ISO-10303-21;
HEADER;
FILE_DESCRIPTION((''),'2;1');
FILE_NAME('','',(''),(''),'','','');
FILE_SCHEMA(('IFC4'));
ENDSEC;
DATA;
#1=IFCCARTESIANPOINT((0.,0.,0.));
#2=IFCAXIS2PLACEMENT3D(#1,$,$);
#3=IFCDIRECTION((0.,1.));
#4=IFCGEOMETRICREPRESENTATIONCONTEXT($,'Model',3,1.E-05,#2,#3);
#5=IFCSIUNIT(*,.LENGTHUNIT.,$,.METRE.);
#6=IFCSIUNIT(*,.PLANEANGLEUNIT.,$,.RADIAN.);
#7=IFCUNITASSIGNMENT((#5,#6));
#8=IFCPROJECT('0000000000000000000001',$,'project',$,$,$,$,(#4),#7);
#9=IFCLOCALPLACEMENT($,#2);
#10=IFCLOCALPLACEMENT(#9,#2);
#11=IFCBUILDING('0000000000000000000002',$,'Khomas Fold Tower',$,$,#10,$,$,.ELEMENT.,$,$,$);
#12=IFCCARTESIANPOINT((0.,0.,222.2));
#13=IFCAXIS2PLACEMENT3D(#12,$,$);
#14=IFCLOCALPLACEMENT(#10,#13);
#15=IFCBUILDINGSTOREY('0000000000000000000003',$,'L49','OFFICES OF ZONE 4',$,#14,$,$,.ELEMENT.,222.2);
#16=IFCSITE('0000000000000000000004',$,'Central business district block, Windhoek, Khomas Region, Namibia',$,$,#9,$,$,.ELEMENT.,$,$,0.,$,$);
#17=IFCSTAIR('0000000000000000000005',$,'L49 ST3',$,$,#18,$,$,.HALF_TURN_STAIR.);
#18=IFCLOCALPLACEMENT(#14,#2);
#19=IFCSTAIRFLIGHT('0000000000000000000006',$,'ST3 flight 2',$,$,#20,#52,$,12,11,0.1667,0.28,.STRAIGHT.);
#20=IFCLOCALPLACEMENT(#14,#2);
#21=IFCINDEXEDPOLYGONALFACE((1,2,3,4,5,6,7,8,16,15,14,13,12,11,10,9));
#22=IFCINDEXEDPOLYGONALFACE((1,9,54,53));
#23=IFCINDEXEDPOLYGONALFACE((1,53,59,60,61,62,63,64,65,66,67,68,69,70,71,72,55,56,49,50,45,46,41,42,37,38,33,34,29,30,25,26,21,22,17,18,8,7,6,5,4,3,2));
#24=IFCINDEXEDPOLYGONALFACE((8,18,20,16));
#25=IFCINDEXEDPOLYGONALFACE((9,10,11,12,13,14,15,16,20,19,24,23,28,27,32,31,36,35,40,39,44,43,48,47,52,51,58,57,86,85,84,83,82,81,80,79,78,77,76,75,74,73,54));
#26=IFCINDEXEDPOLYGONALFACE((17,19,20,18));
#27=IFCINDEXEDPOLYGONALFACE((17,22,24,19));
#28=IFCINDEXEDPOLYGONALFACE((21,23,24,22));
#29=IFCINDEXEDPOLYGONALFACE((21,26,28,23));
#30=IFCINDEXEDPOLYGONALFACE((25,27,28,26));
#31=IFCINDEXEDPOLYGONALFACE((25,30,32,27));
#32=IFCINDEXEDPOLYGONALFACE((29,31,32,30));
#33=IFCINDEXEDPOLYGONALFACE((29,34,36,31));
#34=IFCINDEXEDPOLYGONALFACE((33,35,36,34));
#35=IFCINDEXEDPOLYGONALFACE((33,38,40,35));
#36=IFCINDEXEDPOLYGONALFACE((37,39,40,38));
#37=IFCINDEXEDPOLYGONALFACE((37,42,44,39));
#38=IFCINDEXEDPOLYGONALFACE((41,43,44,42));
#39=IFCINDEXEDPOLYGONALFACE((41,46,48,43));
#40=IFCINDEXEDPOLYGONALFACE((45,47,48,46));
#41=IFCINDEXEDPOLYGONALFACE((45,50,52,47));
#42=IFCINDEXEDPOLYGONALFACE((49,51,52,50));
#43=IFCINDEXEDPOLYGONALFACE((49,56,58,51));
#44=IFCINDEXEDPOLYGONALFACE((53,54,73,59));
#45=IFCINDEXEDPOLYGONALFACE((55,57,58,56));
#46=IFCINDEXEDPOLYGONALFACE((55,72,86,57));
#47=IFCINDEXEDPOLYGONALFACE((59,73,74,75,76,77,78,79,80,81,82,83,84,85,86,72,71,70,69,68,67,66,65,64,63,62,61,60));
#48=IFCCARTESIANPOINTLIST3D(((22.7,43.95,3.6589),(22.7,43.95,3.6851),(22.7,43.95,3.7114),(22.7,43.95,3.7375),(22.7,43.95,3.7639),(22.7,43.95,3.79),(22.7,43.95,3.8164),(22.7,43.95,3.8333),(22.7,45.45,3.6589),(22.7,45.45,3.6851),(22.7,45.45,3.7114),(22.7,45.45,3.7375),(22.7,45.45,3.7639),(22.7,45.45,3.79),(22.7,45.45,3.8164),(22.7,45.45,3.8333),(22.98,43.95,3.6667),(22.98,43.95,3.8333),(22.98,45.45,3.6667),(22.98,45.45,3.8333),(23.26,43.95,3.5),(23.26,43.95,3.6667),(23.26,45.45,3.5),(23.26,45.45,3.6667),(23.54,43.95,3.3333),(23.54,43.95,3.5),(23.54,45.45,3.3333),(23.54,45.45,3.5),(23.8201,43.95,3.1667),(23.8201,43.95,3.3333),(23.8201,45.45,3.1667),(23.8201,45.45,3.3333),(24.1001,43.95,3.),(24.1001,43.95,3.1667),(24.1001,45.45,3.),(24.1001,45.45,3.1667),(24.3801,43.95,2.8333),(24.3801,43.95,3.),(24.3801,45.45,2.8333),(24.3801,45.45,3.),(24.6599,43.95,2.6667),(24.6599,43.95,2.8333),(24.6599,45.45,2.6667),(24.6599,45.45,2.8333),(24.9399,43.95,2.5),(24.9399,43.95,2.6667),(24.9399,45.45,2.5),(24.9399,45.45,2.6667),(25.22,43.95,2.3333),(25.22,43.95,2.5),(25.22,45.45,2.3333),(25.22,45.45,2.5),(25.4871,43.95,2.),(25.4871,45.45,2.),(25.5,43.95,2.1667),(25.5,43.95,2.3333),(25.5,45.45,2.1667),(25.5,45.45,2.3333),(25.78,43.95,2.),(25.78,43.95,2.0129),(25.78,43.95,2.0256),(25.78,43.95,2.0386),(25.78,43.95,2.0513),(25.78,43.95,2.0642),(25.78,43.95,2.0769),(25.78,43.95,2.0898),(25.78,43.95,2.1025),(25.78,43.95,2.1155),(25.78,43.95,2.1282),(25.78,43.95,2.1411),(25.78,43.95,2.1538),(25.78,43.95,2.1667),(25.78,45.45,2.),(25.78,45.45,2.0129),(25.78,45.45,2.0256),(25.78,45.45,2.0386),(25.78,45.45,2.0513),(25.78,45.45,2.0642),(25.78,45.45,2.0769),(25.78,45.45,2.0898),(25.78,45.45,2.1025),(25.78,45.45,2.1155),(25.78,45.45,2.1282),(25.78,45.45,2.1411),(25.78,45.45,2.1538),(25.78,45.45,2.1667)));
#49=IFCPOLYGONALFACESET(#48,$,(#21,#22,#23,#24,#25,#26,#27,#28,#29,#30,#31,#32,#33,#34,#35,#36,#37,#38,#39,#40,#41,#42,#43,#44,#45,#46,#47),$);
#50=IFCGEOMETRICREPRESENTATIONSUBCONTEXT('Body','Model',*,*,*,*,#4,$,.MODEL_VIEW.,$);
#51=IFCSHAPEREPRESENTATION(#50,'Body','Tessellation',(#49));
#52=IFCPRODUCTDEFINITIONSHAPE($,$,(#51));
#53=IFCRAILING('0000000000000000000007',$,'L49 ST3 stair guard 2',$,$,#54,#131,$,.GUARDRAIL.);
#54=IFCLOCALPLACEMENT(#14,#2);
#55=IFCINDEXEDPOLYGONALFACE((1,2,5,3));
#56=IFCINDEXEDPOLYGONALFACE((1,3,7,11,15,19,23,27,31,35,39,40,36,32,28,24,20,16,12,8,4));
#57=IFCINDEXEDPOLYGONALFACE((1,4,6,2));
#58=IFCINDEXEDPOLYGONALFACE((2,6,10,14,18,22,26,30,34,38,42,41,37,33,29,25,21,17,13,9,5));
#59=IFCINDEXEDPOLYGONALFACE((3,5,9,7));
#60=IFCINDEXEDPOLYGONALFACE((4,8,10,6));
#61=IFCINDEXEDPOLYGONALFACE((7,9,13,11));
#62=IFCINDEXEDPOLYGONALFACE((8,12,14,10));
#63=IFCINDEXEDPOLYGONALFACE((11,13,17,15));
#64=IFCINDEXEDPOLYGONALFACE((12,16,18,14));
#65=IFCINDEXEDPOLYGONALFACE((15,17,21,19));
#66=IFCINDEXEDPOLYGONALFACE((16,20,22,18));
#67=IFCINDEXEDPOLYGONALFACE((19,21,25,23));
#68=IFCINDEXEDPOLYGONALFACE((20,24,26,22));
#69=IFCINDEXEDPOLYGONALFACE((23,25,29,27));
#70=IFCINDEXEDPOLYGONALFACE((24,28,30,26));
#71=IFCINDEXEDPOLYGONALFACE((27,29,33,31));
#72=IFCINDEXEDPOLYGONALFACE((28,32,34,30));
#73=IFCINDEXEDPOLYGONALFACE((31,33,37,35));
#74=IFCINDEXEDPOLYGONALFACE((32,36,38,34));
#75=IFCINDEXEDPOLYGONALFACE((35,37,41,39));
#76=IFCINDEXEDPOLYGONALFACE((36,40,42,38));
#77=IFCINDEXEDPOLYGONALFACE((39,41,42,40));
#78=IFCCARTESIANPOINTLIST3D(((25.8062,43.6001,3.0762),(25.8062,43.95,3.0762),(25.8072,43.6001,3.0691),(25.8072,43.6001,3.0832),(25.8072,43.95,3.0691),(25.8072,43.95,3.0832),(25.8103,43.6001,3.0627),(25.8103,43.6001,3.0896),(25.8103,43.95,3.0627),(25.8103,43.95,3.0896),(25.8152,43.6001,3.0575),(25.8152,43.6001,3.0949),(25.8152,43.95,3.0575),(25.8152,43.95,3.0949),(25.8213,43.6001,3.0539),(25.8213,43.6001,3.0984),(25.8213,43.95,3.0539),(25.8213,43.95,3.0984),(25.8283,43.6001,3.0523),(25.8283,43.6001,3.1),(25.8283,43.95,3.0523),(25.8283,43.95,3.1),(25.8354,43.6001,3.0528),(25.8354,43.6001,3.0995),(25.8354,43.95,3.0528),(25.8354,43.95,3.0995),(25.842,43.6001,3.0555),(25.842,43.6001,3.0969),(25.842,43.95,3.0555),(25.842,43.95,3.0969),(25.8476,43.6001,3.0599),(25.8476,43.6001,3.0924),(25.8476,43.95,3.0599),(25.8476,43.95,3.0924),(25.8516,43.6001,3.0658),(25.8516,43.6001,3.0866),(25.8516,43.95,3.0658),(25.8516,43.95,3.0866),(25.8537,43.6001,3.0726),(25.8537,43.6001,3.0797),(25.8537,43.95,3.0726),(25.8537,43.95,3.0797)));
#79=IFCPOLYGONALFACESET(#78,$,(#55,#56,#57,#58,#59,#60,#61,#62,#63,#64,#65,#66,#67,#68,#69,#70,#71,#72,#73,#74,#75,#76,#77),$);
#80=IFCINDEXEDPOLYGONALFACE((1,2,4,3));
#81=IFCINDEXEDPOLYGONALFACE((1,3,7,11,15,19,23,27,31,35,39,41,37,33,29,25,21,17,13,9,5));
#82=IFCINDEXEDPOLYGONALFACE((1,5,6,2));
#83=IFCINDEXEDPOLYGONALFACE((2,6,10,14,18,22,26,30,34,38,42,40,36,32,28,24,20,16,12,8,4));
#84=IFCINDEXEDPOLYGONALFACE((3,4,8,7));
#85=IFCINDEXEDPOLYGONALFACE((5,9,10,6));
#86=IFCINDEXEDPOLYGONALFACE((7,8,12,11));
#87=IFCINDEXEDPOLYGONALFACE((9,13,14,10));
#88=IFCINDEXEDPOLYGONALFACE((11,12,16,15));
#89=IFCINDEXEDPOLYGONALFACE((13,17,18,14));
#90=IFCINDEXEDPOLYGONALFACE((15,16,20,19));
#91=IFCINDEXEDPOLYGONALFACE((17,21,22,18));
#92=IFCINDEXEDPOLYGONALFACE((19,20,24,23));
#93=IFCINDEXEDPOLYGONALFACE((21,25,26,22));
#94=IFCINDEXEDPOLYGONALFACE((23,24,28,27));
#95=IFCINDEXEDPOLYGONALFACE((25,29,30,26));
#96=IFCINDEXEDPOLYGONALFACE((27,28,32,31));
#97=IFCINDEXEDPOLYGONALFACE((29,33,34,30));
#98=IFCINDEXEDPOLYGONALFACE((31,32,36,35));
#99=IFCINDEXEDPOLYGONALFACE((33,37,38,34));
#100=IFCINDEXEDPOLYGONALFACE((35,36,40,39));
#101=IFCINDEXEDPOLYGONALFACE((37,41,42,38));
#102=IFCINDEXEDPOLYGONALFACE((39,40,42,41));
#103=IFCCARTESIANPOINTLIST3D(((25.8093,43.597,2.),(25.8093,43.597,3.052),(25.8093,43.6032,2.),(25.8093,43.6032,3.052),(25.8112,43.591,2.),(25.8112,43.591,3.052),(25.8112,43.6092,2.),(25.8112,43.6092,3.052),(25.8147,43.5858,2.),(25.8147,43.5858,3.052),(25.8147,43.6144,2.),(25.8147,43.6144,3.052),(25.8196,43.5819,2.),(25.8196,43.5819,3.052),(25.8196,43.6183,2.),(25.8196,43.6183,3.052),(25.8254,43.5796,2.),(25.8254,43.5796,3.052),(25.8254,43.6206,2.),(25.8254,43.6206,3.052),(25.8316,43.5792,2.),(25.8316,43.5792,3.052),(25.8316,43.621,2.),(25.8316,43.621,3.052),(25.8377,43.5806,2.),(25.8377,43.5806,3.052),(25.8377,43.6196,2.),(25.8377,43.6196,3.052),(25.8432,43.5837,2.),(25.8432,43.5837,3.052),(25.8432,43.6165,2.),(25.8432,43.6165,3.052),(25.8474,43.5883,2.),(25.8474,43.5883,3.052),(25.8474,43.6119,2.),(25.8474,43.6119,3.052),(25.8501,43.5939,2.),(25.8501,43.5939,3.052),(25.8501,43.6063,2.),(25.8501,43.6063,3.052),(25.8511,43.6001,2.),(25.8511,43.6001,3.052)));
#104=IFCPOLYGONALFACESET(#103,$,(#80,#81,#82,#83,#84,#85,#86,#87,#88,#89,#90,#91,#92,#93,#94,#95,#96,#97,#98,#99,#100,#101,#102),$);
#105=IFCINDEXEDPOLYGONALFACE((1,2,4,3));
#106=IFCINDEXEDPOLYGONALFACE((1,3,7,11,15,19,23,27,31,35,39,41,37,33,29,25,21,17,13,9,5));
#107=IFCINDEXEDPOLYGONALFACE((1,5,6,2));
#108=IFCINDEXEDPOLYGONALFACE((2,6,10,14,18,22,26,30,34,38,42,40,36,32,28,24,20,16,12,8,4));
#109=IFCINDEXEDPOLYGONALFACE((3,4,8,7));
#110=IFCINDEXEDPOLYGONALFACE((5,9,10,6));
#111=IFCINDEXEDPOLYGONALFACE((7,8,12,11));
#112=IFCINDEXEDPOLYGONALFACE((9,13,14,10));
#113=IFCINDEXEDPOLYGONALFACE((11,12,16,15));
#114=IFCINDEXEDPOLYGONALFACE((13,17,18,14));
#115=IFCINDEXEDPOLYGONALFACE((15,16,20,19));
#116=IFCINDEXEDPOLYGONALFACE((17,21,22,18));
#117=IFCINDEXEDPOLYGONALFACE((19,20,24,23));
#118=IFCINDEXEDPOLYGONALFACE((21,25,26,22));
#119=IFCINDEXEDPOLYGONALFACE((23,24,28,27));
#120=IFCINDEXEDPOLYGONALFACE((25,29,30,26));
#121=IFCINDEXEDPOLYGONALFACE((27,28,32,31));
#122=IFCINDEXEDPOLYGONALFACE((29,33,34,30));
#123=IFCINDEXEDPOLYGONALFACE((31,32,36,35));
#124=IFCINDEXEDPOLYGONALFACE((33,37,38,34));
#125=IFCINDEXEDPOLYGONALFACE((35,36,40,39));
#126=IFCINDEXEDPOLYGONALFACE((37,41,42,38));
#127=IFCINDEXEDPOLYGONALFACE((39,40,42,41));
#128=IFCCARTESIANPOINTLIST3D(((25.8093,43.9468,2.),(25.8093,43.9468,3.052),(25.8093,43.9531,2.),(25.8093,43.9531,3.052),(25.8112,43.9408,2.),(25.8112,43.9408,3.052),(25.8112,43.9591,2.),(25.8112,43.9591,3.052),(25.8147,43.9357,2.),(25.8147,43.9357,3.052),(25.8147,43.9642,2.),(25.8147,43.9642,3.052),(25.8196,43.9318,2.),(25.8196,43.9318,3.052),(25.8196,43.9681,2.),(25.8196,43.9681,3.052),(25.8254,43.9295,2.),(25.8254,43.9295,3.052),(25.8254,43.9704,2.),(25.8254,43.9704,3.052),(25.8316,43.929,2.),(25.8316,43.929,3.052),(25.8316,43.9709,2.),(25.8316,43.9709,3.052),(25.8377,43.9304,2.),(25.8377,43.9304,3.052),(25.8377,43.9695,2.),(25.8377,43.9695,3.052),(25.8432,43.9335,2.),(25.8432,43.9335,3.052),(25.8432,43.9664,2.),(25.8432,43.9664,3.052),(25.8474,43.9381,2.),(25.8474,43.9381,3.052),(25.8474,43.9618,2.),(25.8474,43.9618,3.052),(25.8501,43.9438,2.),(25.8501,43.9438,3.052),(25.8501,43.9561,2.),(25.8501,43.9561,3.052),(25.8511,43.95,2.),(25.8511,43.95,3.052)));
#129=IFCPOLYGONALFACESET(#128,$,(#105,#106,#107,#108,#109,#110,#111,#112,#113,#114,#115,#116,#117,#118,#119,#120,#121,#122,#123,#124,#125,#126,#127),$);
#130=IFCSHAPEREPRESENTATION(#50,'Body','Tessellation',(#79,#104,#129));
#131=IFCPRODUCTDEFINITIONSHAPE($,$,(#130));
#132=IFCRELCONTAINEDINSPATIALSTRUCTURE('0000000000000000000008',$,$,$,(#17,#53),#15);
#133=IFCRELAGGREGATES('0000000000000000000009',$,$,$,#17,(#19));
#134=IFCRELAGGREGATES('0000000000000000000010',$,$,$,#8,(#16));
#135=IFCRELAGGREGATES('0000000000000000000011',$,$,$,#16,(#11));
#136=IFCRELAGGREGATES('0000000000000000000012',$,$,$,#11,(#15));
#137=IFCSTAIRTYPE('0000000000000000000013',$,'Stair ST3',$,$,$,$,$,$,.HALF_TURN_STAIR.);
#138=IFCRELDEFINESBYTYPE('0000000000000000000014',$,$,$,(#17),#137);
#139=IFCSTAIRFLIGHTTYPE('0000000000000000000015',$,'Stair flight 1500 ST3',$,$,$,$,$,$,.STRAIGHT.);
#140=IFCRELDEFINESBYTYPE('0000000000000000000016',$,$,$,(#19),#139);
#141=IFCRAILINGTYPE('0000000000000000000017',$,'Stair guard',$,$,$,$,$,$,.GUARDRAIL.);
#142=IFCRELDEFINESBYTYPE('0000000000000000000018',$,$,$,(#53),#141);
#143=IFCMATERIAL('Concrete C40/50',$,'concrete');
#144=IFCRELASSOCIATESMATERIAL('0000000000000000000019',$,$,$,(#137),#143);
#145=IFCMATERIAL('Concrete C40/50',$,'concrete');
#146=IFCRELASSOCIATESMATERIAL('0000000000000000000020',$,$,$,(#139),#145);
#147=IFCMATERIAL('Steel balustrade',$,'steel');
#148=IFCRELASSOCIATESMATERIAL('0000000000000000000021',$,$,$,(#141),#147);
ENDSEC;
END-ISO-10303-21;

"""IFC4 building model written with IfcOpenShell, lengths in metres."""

from ifc_helpers import new_model, si_unit, direction, frame, origin, origin_2d, place, context, subcontext, project, spatial, polyline, circle, outline, extrude, source, transform, mapped, material, type_object, element, aggregate, save


model = new_model("IFC4")

# Units and contexts
model_context = context("Model", 3, precision=1e-05, world=origin(), true_north=direction((0.0, 1.0)))
body_context = subcontext(model_context, "Body", "Model", "MODEL_VIEW")
ifc_project = project(units=[si_unit("LENGTHUNIT", "METRE"), si_unit("PLANEANGLEUNIT", "RADIAN")], contexts=[model_context])

# Site, building, storey
site_placement = place(None, origin())
site = spatial("IfcSite", under=ifc_project, at=site_placement, Name="Central business district block, Windhoek, Khomas Region, Namibia", CompositionType="ELEMENT", RefElevation=0.0)
building_placement = place(site_placement, origin())
building = spatial("IfcBuilding", under=site, at=building_placement, Name="Khomas Fold Tower", CompositionType="ELEMENT")
storey_placement = place(building_placement, frame((0.0, 0.0, 222.2)))
storey = spatial("IfcBuildingStorey", under=building, at=storey_placement, Name="L49", Description="OFFICES OF ZONE 4", CompositionType="ELEMENT", Elevation=222.2)

# Stair, stair flight
ifc_material_1 = material(Name="Concrete C40/50", Category="concrete")
stair_type = type_object("IfcStairType", Name="Stair ST3", PredefinedType="HALF_TURN_STAIR", material=ifc_material_1)
stair_placement = place(storey_placement, origin())
stair = element("IfcStair", 1, at=stair_placement, inside=storey, type_object=stair_type, Name="L49 ST3", PredefinedType="HALF_TURN_STAIR")
ifc_material_2 = material(Name="Concrete C40/50", Category="concrete")
stair_flight_type = type_object("IfcStairFlightType", Name="Stair flight 1500 ST3", PredefinedType="STRAIGHT", material=ifc_material_2)
shared_shape_1 = source(origin(), body_context, "Body", "SweptSolid", [
    extrude(outline(polyline([(0.0, 0.0), (0.0, 0.0129), (0.0, 0.0256), (0.0, 0.0386), (0.0, 0.0513), (0.0, 0.0642), (0.0, 0.0769), (0.0, 0.0898), (0.0, 0.1025), (0.0, 0.1155), (0.0, 0.1282), (0.0, 0.1411), (0.0, 0.1538), (0.0, 0.1667), (0.28, 0.1667), (0.28, 0.3333), (0.5601, 0.3333), (0.5601, 0.5), (0.8401, 0.5), (0.8401, 0.6667), (1.1201, 0.6667), (1.1201, 0.8333), (1.3999, 0.8333), (1.3999, 1.0), (1.6799, 1.0), (1.6799, 1.1667), (1.96, 1.1667), (1.96, 1.3333), (2.24, 1.3333), (2.24, 1.5), (2.52, 1.5), (2.52, 1.6667), (2.8, 1.6667), (2.8, 1.8333), (3.0801, 1.8333), (3.0801, 2.0), (3.0801, 1.9739), (3.0801, 1.9475), (3.0801, 1.9214), (3.0801, 1.895), (3.0801, 1.8689), (3.0801, 1.8425), (3.0801, 1.8164), (3.0801, 1.79), (3.0801, 1.7639), (3.0801, 1.7375), (3.0801, 1.7114), (3.0801, 1.6851), (3.0801, 1.6589), (0.293, 0.0), (0.0, 0.0)])), frame((0.0, 0.75, 0.0), z_axis=(0.0, -1.0, 0.0), x_axis=(1.0, 0.0, 0.0)), (0.0, 0.0, 1.0), 1.5),
])
stair_flight_1_placement = place(storey_placement, frame((25.78, 44.7, 2.0), z_axis=(0.0, 0.0, 1.0), x_axis=(-1.0, 0.0, 0.0)))
stair_flight_1 = element("IfcStairFlight", 2, at=stair_flight_1_placement, type_object=stair_flight_type, Name="ST3 flight 2", NumberOfRisers=12, NumberOfTreads=11, PredefinedType="STRAIGHT", RiserHeight=0.1667, TreadLength=0.28, context=body_context, shape_type="MappedRepresentation", body=[
    mapped(shared_shape_1, transform((0.0, 0.0, 0.0))),
])
aggregate(stair, [stair_flight_1])

# Railing
ifc_material_3 = material(Name="Steel balustrade", Category="steel")
railing_type_1 = type_object("IfcRailingType", Name="Stair guard", PredefinedType="GUARDRAIL", material=ifc_material_3)
shared_shape_2 = source(origin(), body_context, "Body", "SweptSolid", [
    extrude(circle(Radius=0.0239, at=origin_2d()), frame((0.0, 0.0, 1.0762), z_axis=(0.0, 1.0, 0.0), x_axis=(-1.0, 0.0, 0.0)), (0.0, 0.0, 1.0), 0.3499),
    extrude(circle(Radius=0.021, at=origin_2d()), origin(), (0.0, 0.0, 1.0), 1.052),
    extrude(circle(Radius=0.021, at=origin_2d()), frame((0.0, 0.3499, 0.0)), (0.0, 0.0, 1.0), 1.052),
])
for number, where, name in (
    (3, (25.8301, 43.6001, 2.0), "L49 ST3 stair guard 2"),
):
    element("IfcRailing", number, at=place(storey_placement, frame(where)), inside=storey, type_object=railing_type_1, Name=name, PredefinedType="GUARDRAIL", context=body_context, shape_type="MappedRepresentation", body=[
        mapped(shared_shape_2, transform((0.0, 0.0, 0.0))),
    ])

save(model, "model.ifc")
